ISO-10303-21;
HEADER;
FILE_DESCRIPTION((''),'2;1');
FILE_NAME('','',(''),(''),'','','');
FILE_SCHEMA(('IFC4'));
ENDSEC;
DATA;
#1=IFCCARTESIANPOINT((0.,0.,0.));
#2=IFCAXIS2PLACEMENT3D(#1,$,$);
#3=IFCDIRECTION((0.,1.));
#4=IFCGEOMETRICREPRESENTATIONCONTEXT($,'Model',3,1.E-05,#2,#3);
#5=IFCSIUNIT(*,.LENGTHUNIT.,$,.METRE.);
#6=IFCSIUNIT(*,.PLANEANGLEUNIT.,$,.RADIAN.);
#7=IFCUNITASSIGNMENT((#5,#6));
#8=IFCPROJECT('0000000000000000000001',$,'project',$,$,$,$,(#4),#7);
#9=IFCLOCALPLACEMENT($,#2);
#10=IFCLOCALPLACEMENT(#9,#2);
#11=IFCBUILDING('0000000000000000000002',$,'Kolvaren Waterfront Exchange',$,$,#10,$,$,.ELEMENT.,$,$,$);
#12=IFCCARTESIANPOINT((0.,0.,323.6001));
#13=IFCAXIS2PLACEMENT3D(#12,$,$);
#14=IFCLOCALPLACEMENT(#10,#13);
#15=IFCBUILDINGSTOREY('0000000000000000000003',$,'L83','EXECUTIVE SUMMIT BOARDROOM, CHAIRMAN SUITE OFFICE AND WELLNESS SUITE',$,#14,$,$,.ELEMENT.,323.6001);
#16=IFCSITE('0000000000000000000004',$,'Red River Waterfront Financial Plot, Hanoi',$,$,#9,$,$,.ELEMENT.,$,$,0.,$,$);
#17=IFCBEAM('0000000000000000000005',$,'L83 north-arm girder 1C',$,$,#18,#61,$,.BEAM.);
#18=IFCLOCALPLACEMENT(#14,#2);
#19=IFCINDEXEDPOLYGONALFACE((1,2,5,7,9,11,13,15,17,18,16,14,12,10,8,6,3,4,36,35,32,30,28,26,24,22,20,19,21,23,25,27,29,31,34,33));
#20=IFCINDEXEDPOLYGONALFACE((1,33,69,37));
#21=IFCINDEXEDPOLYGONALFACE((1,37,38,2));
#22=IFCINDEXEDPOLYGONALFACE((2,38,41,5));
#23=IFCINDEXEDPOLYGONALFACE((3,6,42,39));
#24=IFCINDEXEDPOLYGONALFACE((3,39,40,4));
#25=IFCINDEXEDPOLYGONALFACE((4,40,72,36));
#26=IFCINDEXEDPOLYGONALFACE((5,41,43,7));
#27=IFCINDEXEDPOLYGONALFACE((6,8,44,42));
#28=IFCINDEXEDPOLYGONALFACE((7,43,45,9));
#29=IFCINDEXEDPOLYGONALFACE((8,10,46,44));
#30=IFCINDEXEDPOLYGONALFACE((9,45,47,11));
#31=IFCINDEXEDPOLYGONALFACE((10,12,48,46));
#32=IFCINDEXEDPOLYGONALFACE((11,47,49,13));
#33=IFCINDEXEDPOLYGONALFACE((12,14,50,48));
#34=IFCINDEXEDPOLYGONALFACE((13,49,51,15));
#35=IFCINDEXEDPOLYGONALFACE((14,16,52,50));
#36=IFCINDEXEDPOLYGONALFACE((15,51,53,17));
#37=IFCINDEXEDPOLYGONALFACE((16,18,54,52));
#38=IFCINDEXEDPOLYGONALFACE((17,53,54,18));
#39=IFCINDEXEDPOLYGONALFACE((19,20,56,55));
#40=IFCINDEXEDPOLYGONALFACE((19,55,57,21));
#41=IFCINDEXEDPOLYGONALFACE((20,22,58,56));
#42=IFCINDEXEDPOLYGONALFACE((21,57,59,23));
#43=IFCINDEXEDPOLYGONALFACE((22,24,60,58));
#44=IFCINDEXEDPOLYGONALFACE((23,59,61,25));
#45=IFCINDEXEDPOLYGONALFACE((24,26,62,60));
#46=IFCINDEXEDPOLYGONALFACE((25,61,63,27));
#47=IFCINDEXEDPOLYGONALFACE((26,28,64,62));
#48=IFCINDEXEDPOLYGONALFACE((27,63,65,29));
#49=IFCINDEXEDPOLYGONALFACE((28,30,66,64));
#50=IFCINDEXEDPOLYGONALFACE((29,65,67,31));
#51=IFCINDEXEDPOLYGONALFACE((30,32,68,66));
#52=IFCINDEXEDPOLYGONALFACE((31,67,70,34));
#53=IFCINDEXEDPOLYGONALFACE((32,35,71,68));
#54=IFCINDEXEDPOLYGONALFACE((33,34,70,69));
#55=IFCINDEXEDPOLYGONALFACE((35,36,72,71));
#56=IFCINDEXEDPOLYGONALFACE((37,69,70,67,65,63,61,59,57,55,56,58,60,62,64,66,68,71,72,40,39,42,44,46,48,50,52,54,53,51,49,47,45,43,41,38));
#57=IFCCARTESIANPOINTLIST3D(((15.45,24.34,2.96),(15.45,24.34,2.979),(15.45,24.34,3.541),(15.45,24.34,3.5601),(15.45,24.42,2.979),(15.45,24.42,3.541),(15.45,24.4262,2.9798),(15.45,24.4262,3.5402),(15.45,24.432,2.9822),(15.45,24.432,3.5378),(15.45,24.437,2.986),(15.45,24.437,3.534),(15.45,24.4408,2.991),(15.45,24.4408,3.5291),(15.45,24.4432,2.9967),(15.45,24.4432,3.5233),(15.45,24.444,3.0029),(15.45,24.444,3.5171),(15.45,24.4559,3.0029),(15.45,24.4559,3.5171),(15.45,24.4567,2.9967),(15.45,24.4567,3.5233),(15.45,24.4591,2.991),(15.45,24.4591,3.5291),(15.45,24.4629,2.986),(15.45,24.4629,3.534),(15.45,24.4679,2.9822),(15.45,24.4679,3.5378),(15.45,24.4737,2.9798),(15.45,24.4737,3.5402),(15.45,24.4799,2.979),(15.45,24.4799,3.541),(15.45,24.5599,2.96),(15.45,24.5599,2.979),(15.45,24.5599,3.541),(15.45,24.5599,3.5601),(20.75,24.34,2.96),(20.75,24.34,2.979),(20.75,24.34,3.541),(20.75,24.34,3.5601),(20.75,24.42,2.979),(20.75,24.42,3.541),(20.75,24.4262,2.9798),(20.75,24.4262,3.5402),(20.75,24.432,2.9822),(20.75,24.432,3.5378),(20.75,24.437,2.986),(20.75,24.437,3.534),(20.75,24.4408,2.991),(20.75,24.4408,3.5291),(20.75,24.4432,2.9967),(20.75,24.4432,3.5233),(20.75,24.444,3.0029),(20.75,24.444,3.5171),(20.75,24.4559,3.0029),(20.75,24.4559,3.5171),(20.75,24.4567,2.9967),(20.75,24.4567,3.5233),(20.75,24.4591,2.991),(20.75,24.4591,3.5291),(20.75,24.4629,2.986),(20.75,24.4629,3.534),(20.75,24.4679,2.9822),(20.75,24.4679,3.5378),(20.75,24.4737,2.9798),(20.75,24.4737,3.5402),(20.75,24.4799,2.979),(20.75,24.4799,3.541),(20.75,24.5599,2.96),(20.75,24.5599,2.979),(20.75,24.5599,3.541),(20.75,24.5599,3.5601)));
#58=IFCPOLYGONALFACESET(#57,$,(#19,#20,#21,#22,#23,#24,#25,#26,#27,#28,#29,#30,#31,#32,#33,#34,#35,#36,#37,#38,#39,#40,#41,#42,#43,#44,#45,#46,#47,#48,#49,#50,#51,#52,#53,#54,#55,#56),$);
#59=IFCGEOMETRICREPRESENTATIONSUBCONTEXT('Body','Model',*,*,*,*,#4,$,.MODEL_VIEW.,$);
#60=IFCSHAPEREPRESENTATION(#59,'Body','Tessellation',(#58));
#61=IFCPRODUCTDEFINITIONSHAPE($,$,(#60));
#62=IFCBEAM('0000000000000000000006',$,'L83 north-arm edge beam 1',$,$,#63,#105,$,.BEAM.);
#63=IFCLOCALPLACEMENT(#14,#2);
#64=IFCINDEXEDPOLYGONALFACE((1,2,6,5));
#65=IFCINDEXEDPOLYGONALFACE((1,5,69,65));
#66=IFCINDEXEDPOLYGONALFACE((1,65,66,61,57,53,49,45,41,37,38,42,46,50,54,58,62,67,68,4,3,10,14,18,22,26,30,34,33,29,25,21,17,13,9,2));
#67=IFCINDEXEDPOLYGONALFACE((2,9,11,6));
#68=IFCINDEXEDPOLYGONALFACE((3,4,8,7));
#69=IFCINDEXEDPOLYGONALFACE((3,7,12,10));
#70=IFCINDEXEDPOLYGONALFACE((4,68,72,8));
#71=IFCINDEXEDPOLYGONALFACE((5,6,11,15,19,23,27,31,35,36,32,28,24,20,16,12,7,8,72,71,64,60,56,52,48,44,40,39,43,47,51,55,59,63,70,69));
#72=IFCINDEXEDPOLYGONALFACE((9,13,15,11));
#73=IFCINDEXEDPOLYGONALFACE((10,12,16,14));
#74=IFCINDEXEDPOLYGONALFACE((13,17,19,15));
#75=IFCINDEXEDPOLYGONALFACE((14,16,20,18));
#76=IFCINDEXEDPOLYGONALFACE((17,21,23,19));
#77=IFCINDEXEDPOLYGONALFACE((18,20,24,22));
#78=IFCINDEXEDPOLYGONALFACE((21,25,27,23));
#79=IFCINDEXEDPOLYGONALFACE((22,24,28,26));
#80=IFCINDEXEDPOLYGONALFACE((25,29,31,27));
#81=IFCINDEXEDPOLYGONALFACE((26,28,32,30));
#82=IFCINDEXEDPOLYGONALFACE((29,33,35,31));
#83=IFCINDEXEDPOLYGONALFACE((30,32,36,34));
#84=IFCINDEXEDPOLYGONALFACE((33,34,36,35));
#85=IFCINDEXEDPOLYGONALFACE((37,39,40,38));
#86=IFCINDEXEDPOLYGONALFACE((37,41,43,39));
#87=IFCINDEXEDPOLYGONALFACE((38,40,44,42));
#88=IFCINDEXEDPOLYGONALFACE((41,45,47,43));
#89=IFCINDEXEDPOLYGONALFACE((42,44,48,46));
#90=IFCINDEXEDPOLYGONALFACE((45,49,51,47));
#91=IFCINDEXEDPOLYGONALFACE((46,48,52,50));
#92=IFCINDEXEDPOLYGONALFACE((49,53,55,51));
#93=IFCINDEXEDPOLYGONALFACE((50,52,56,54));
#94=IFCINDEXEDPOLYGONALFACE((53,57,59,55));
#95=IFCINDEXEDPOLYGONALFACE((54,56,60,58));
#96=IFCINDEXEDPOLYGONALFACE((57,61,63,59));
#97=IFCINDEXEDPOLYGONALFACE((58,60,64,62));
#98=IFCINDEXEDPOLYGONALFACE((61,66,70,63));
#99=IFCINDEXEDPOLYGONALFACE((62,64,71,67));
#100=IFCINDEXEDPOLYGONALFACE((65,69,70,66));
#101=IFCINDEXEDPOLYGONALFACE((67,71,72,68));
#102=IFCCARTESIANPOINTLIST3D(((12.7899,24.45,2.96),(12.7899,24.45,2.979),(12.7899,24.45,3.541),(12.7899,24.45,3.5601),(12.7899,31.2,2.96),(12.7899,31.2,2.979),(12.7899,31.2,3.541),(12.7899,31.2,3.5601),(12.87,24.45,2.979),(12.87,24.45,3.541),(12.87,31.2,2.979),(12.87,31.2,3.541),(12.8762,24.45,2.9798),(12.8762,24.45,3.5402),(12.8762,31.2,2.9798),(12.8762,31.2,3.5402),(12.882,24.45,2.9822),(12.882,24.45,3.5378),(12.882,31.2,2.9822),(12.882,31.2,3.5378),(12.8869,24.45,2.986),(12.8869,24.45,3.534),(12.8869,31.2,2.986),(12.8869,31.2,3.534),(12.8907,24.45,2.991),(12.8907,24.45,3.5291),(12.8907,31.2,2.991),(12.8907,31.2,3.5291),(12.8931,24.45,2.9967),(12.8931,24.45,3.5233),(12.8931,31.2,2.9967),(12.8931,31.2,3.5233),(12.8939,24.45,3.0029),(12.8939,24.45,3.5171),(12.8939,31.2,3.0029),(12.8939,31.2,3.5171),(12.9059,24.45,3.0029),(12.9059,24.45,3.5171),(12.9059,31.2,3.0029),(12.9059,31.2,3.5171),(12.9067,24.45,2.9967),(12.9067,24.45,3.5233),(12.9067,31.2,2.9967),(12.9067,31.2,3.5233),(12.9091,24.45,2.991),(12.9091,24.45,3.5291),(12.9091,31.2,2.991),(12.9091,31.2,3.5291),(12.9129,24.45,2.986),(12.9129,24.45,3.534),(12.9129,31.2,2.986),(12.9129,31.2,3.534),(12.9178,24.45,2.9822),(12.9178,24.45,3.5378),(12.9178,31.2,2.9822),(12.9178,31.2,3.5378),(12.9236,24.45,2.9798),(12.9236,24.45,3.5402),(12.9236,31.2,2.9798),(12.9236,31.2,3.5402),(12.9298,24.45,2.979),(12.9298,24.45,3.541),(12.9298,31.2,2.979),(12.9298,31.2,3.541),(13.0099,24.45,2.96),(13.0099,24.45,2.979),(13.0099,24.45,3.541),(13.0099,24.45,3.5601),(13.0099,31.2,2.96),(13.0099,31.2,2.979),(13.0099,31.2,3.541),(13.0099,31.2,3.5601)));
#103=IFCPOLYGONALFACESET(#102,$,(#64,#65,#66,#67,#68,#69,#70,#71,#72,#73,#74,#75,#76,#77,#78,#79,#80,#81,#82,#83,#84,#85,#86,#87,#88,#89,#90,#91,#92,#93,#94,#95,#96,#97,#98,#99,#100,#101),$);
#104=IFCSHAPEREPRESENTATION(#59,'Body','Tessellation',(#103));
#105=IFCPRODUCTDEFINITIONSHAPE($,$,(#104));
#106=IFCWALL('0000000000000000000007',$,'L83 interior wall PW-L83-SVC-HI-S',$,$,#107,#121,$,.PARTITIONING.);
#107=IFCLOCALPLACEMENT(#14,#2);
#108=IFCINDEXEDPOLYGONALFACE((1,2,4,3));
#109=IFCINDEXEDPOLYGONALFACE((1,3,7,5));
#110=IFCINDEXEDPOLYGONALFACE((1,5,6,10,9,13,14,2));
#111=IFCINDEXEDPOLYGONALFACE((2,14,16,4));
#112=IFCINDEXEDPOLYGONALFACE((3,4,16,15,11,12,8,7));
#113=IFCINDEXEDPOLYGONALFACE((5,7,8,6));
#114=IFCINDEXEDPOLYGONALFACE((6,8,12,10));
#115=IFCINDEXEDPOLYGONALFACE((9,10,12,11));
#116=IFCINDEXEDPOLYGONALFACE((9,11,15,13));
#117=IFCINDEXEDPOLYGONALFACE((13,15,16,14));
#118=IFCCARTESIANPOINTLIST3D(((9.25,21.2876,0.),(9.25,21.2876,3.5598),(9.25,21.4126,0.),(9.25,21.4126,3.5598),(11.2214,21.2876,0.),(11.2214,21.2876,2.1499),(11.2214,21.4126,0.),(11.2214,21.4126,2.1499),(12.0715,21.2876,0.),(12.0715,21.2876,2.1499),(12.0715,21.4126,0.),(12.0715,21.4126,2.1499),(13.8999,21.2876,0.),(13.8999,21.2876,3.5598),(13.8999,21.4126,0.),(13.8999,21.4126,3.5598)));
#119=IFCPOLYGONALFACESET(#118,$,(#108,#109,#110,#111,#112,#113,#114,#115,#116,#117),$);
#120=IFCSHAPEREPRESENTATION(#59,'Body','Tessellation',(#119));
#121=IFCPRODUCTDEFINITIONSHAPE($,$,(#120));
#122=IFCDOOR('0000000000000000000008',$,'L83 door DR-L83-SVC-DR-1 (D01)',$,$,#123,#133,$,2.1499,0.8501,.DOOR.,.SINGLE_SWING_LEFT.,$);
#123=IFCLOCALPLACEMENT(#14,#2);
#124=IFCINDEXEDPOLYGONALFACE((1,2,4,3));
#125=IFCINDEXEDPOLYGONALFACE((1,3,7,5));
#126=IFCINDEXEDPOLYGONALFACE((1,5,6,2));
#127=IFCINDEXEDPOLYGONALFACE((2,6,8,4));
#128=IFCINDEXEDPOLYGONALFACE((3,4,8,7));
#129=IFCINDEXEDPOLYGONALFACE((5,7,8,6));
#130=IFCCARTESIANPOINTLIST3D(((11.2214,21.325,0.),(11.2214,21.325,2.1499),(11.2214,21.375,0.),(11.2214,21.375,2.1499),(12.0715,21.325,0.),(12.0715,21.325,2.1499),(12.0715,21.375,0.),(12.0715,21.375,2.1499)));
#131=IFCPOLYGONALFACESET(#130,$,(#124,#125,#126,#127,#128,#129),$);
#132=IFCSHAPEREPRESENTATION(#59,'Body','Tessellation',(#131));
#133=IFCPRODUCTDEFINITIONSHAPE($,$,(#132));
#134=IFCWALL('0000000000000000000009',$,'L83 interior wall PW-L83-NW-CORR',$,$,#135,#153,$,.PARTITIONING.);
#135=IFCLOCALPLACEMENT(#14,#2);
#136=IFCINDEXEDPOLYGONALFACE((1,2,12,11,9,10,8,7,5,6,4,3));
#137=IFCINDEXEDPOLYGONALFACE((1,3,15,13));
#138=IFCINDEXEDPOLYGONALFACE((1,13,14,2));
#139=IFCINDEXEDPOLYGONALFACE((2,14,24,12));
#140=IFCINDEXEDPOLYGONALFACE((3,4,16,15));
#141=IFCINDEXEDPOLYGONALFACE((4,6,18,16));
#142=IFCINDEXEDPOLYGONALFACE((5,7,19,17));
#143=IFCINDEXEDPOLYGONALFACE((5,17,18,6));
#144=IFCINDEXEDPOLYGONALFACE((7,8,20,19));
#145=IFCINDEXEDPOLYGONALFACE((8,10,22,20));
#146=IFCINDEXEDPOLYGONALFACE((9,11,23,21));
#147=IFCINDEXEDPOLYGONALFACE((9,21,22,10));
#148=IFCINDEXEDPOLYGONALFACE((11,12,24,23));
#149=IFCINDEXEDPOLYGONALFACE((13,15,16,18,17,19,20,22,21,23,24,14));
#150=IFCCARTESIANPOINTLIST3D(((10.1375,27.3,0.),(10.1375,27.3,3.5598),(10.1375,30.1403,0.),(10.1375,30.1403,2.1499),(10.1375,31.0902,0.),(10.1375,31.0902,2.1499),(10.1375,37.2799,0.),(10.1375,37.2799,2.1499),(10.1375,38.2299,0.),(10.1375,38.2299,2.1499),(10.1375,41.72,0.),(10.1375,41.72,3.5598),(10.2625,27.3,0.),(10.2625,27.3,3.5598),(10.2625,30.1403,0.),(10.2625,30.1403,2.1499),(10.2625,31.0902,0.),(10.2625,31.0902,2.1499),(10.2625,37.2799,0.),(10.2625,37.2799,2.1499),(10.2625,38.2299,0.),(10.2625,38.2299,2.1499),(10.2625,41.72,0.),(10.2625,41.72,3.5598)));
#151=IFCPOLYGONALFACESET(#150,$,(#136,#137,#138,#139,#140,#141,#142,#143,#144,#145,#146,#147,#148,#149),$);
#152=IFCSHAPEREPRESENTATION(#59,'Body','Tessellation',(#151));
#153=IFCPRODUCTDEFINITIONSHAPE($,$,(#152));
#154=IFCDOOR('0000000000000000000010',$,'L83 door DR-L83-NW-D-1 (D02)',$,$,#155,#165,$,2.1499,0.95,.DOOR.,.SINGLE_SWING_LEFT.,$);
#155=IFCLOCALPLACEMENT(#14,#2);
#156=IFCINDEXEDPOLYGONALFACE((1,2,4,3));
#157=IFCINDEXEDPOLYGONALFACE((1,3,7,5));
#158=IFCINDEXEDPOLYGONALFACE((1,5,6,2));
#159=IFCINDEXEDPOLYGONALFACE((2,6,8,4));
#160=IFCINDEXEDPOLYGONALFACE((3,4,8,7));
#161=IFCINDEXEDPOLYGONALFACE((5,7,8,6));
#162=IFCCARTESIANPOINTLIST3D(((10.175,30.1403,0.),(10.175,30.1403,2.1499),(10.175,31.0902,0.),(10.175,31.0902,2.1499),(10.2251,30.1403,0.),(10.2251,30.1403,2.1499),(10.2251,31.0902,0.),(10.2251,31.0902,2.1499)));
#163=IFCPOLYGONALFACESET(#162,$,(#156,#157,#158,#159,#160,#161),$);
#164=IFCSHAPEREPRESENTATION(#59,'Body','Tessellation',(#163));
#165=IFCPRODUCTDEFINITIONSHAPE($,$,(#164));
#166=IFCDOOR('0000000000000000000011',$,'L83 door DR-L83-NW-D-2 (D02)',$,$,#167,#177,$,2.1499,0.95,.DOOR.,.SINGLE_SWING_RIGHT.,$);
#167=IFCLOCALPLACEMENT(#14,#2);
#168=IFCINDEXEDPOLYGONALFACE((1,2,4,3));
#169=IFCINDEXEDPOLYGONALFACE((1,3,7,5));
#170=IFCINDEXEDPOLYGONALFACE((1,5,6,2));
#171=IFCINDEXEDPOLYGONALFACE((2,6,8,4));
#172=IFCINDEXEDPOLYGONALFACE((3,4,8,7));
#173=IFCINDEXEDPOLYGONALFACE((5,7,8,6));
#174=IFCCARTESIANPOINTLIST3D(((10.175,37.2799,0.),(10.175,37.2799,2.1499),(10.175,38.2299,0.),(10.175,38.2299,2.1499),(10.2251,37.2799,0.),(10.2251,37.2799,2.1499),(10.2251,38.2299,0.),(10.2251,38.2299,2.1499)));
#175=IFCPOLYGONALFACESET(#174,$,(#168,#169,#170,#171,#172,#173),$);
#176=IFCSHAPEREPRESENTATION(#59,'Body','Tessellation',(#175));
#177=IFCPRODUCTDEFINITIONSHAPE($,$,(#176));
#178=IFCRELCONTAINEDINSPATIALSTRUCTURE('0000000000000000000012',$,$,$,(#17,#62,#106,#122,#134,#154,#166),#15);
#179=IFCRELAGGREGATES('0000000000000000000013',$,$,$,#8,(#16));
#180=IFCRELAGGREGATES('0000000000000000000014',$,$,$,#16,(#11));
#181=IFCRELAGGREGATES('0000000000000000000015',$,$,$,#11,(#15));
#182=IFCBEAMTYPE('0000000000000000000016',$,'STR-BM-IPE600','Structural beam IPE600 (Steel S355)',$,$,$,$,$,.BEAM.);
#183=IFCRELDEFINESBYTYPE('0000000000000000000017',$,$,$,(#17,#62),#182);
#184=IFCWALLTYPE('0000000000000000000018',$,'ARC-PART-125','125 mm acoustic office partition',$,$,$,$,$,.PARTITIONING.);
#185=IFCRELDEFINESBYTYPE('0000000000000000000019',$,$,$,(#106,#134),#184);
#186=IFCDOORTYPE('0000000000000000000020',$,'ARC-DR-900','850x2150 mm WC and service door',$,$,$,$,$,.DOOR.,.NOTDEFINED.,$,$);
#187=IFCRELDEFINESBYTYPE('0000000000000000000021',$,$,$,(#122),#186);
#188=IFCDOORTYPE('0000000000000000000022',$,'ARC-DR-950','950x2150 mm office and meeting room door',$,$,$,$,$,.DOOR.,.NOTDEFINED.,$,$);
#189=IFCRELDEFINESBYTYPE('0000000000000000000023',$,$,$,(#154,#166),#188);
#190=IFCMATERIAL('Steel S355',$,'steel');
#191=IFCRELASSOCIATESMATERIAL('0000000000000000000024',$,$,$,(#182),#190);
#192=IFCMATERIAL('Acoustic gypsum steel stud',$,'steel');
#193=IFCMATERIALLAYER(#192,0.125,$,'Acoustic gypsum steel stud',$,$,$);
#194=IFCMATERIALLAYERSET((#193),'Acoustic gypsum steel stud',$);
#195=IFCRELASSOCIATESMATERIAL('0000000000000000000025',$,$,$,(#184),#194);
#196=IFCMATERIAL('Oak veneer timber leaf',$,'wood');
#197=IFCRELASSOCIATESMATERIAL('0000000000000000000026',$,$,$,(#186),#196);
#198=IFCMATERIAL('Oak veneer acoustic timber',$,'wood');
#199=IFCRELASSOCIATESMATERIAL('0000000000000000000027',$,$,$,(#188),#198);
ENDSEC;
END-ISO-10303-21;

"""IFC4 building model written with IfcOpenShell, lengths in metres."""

from ifc_helpers import new_model, si_unit, direction, frame, frame_2d, origin, origin_2d, place, context, subcontext, project, spatial, rectangle, i_section, extrude, material, layer, layer_set, material_profile, profile_set, type_object, element, fill, save


model = new_model("IFC4")

# Units and contexts
model_context = context("Model", 3, precision=1e-05, world=origin(), true_north=direction((0.0, 1.0)))
body_context = subcontext(model_context, "Body", "Model", "MODEL_VIEW")
ifc_project = project(units=[si_unit("LENGTHUNIT", "METRE"), si_unit("PLANEANGLEUNIT", "RADIAN")], contexts=[model_context])

# Site, building, storey
site_placement = place(None, origin())
site = spatial("IfcSite", under=ifc_project, at=site_placement, Name="Red River Waterfront Financial Plot, Hanoi", CompositionType="ELEMENT", RefElevation=0.0)
building_placement = place(site_placement, origin())
building = spatial("IfcBuilding", under=site, at=building_placement, Name="Kolvaren Waterfront Exchange", CompositionType="ELEMENT")
storey_placement = place(building_placement, frame((0.0, 0.0, 323.6001)))
storey = spatial("IfcBuildingStorey", under=building, at=storey_placement, Name="L83", Description="EXECUTIVE SUMMIT BOARDROOM, CHAIRMAN SUITE OFFICE AND WELLNESS SUITE", CompositionType="ELEMENT", Elevation=323.6001)

# Beams
ifc_material_1 = material(Name="Steel S355", Category="steel")
ifc_material_profile_1 = material_profile(ifc_material_1, i_section(OverallWidth=0.22, OverallDepth=0.6001, WebThickness=0.012, FlangeThickness=0.019, FilletRadius=0.0239, at=origin_2d()), Name="IPE600")
ifc_profile_set_1 = profile_set([ifc_material_profile_1], Name="Steel S355")
beam_type_1 = type_object("IfcBeamType", Name="STR-BM-IPE600", Description="Structural beam IPE600 (Steel S355)", PredefinedType="BEAM", material=ifc_profile_set_1)
beam_1_placement = place(storey_placement, frame((15.45, 24.45, 3.26), z_axis=(1.0, 0.0, 0.0), x_axis=(0.0, 1.0, 0.0)))
element("IfcBeam", 1, at=beam_1_placement, inside=storey, type_object=beam_type_1, Name="L83 north-arm girder 1C", PredefinedType="BEAM", context=body_context, shape_type="SweptSolid", body=[
    extrude(i_section(OverallWidth=0.22, OverallDepth=0.6001, WebThickness=0.012, FlangeThickness=0.019, FilletRadius=0.0239, at=origin_2d()), origin(), (0.0, 0.0, 1.0), 5.3),
])
beam_2_placement = place(storey_placement, frame((12.8999, 24.45, 3.26), z_axis=(0.0, 1.0, 0.0), x_axis=(-1.0, 0.0, 0.0)))
element("IfcBeam", 2, at=beam_2_placement, inside=storey, type_object=beam_type_1, Name="L83 north-arm edge beam 1", PredefinedType="BEAM", context=body_context, shape_type="SweptSolid", body=[
    extrude(i_section(OverallWidth=0.22, OverallDepth=0.6001, WebThickness=0.012, FlangeThickness=0.019, FilletRadius=0.0239, at=origin_2d()), origin(), (0.0, 0.0, 1.0), 6.75),
])

# Wall, opening, door
ifc_material_2 = material(Name="Acoustic gypsum steel stud", Category="steel")
ifc_layer_1 = layer(ifc_material_2, 0.125, Name="Acoustic gypsum steel stud")
ifc_layer_set_1 = layer_set([ifc_layer_1], Name="Acoustic gypsum steel stud")
wall_type_1 = type_object("IfcWallType", Name="ARC-PART-125", Description="125 mm acoustic office partition", PredefinedType="PARTITIONING", material=ifc_layer_set_1)
wall_1_placement = place(storey_placement, frame((9.25, 21.3501, 0.0), z_axis=(0.0, 0.0, 1.0), x_axis=(1.0, 0.0, 0.0)))
wall_1 = element("IfcWall", 3, at=wall_1_placement, inside=storey, type_object=wall_type_1, Name="L83 interior wall PW-L83-SVC-HI-S", PredefinedType="PARTITIONING", context=body_context, shape_type="SweptSolid", body=[
    extrude(rectangle(XDim=4.6499, YDim=0.125, at=frame_2d((2.325, 0.0))), origin(), (0.0, 0.0, 1.0), 3.5598),
])
opening_1_placement = place(wall_1_placement, frame((1.9714, 0.0, 0.0)))
opening_1 = element("IfcOpeningElement", 4, at=opening_1_placement, cuts=wall_1, PredefinedType="OPENING", context=body_context, shape_type="SweptSolid", body=[
    extrude(rectangle(XDim=0.8501, YDim=2.1499, at=frame_2d((0.425, 1.075))), frame((0.0, 0.0725, 0.0), z_axis=(0.0, -1.0, 0.0), x_axis=(1.0, 0.0, 0.0)), (0.0, 0.0, 1.0), 0.145),
])
ifc_material_3 = material(Name="Oak veneer timber leaf", Category="wood")
door_type_1 = type_object("IfcDoorType", Name="ARC-DR-900", Description="850x2150 mm WC and service door", OperationType="NOTDEFINED", PredefinedType="DOOR", material=ifc_material_3)
door_1_placement = place(opening_1_placement, origin())
door_1 = element("IfcDoor", 5, at=door_1_placement, inside=storey, type_object=door_type_1, Name="L83 door DR-L83-SVC-DR-1 (D01)", OperationType="SINGLE_SWING_LEFT", OverallHeight=2.1499, OverallWidth=0.8501, PredefinedType="DOOR", context=body_context, shape_type="SweptSolid", body=[
    extrude(rectangle(XDim=0.8501, YDim=2.1499, at=frame_2d((0.425, 1.075))), frame((0.0, 0.0249, 0.0), z_axis=(0.0, -1.0, 0.0), x_axis=(1.0, 0.0, 0.0)), (0.0, 0.0, 1.0), 0.05),
])
fill(opening_1, door_1)

# Wall, openings, doors
wall_2_placement = place(storey_placement, frame((10.2, 27.3, 0.0), z_axis=(0.0, 0.0, 1.0), x_axis=(0.0, 1.0, 0.0)))
wall_2 = element("IfcWall", 6, at=wall_2_placement, inside=storey, type_object=wall_type_1, Name="L83 interior wall PW-L83-NW-CORR", PredefinedType="PARTITIONING", context=body_context, shape_type="SweptSolid", body=[
    extrude(rectangle(XDim=14.4199, YDim=0.125, at=frame_2d((7.21, 0.0))), origin(), (0.0, 0.0, 1.0), 3.5598),
])
opening_2_placement = place(wall_2_placement, frame((2.8401, 0.0, 0.0)))
opening_2 = element("IfcOpeningElement", 7, at=opening_2_placement, cuts=wall_2, PredefinedType="OPENING", context=body_context, shape_type="SweptSolid", body=[
    extrude(rectangle(XDim=0.95, YDim=2.1499, at=frame_2d((0.4751, 1.075))), frame((0.0, 0.0725, 0.0), z_axis=(0.0, -1.0, 0.0), x_axis=(1.0, 0.0, 0.0)), (0.0, 0.0, 1.0), 0.145),
])
opening_3_placement = place(wall_2_placement, frame((9.9797, 0.0, 0.0)))
opening_3 = element("IfcOpeningElement", 8, at=opening_3_placement, cuts=wall_2, PredefinedType="OPENING", context=body_context, shape_type="SweptSolid", body=[
    extrude(rectangle(XDim=0.95, YDim=2.1499, at=frame_2d((0.4751, 1.075))), frame((0.0, 0.0725, 0.0), z_axis=(0.0, -1.0, 0.0), x_axis=(1.0, 0.0, 0.0)), (0.0, 0.0, 1.0), 0.145),
])
ifc_material_4 = material(Name="Oak veneer acoustic timber", Category="wood")
door_type_2 = type_object("IfcDoorType", Name="ARC-DR-950", Description="950x2150 mm office and meeting room door", OperationType="NOTDEFINED", PredefinedType="DOOR", material=ifc_material_4)
door_2_placement = place(opening_2_placement, origin())
door_2 = element("IfcDoor", 9, at=door_2_placement, inside=storey, type_object=door_type_2, Name="L83 door DR-L83-NW-D-1 (D02)", OperationType="SINGLE_SWING_LEFT", OverallHeight=2.1499, OverallWidth=0.95, PredefinedType="DOOR", context=body_context, shape_type="SweptSolid", body=[
    extrude(rectangle(XDim=0.95, YDim=2.1499, at=frame_2d((0.4751, 1.075))), frame((0.0, 0.0249, 0.0), z_axis=(0.0, -1.0, 0.0), x_axis=(1.0, 0.0, 0.0)), (0.0, 0.0, 1.0), 0.05),
])
fill(opening_2, door_2)
door_3_placement = place(opening_3_placement, origin())
door_3 = element("IfcDoor", 10, at=door_3_placement, inside=storey, type_object=door_type_2, Name="L83 door DR-L83-NW-D-2 (D02)", OperationType="SINGLE_SWING_RIGHT", OverallHeight=2.1499, OverallWidth=0.95, PredefinedType="DOOR", context=body_context, shape_type="SweptSolid", body=[
    extrude(rectangle(XDim=0.95, YDim=2.1499, at=frame_2d((0.4751, 1.075))), frame((0.0, 0.0249, 0.0), z_axis=(0.0, -1.0, 0.0), x_axis=(1.0, 0.0, 0.0)), (0.0, 0.0, 1.0), 0.05),
])
fill(opening_3, door_3)

save(model, "model.ifc")
